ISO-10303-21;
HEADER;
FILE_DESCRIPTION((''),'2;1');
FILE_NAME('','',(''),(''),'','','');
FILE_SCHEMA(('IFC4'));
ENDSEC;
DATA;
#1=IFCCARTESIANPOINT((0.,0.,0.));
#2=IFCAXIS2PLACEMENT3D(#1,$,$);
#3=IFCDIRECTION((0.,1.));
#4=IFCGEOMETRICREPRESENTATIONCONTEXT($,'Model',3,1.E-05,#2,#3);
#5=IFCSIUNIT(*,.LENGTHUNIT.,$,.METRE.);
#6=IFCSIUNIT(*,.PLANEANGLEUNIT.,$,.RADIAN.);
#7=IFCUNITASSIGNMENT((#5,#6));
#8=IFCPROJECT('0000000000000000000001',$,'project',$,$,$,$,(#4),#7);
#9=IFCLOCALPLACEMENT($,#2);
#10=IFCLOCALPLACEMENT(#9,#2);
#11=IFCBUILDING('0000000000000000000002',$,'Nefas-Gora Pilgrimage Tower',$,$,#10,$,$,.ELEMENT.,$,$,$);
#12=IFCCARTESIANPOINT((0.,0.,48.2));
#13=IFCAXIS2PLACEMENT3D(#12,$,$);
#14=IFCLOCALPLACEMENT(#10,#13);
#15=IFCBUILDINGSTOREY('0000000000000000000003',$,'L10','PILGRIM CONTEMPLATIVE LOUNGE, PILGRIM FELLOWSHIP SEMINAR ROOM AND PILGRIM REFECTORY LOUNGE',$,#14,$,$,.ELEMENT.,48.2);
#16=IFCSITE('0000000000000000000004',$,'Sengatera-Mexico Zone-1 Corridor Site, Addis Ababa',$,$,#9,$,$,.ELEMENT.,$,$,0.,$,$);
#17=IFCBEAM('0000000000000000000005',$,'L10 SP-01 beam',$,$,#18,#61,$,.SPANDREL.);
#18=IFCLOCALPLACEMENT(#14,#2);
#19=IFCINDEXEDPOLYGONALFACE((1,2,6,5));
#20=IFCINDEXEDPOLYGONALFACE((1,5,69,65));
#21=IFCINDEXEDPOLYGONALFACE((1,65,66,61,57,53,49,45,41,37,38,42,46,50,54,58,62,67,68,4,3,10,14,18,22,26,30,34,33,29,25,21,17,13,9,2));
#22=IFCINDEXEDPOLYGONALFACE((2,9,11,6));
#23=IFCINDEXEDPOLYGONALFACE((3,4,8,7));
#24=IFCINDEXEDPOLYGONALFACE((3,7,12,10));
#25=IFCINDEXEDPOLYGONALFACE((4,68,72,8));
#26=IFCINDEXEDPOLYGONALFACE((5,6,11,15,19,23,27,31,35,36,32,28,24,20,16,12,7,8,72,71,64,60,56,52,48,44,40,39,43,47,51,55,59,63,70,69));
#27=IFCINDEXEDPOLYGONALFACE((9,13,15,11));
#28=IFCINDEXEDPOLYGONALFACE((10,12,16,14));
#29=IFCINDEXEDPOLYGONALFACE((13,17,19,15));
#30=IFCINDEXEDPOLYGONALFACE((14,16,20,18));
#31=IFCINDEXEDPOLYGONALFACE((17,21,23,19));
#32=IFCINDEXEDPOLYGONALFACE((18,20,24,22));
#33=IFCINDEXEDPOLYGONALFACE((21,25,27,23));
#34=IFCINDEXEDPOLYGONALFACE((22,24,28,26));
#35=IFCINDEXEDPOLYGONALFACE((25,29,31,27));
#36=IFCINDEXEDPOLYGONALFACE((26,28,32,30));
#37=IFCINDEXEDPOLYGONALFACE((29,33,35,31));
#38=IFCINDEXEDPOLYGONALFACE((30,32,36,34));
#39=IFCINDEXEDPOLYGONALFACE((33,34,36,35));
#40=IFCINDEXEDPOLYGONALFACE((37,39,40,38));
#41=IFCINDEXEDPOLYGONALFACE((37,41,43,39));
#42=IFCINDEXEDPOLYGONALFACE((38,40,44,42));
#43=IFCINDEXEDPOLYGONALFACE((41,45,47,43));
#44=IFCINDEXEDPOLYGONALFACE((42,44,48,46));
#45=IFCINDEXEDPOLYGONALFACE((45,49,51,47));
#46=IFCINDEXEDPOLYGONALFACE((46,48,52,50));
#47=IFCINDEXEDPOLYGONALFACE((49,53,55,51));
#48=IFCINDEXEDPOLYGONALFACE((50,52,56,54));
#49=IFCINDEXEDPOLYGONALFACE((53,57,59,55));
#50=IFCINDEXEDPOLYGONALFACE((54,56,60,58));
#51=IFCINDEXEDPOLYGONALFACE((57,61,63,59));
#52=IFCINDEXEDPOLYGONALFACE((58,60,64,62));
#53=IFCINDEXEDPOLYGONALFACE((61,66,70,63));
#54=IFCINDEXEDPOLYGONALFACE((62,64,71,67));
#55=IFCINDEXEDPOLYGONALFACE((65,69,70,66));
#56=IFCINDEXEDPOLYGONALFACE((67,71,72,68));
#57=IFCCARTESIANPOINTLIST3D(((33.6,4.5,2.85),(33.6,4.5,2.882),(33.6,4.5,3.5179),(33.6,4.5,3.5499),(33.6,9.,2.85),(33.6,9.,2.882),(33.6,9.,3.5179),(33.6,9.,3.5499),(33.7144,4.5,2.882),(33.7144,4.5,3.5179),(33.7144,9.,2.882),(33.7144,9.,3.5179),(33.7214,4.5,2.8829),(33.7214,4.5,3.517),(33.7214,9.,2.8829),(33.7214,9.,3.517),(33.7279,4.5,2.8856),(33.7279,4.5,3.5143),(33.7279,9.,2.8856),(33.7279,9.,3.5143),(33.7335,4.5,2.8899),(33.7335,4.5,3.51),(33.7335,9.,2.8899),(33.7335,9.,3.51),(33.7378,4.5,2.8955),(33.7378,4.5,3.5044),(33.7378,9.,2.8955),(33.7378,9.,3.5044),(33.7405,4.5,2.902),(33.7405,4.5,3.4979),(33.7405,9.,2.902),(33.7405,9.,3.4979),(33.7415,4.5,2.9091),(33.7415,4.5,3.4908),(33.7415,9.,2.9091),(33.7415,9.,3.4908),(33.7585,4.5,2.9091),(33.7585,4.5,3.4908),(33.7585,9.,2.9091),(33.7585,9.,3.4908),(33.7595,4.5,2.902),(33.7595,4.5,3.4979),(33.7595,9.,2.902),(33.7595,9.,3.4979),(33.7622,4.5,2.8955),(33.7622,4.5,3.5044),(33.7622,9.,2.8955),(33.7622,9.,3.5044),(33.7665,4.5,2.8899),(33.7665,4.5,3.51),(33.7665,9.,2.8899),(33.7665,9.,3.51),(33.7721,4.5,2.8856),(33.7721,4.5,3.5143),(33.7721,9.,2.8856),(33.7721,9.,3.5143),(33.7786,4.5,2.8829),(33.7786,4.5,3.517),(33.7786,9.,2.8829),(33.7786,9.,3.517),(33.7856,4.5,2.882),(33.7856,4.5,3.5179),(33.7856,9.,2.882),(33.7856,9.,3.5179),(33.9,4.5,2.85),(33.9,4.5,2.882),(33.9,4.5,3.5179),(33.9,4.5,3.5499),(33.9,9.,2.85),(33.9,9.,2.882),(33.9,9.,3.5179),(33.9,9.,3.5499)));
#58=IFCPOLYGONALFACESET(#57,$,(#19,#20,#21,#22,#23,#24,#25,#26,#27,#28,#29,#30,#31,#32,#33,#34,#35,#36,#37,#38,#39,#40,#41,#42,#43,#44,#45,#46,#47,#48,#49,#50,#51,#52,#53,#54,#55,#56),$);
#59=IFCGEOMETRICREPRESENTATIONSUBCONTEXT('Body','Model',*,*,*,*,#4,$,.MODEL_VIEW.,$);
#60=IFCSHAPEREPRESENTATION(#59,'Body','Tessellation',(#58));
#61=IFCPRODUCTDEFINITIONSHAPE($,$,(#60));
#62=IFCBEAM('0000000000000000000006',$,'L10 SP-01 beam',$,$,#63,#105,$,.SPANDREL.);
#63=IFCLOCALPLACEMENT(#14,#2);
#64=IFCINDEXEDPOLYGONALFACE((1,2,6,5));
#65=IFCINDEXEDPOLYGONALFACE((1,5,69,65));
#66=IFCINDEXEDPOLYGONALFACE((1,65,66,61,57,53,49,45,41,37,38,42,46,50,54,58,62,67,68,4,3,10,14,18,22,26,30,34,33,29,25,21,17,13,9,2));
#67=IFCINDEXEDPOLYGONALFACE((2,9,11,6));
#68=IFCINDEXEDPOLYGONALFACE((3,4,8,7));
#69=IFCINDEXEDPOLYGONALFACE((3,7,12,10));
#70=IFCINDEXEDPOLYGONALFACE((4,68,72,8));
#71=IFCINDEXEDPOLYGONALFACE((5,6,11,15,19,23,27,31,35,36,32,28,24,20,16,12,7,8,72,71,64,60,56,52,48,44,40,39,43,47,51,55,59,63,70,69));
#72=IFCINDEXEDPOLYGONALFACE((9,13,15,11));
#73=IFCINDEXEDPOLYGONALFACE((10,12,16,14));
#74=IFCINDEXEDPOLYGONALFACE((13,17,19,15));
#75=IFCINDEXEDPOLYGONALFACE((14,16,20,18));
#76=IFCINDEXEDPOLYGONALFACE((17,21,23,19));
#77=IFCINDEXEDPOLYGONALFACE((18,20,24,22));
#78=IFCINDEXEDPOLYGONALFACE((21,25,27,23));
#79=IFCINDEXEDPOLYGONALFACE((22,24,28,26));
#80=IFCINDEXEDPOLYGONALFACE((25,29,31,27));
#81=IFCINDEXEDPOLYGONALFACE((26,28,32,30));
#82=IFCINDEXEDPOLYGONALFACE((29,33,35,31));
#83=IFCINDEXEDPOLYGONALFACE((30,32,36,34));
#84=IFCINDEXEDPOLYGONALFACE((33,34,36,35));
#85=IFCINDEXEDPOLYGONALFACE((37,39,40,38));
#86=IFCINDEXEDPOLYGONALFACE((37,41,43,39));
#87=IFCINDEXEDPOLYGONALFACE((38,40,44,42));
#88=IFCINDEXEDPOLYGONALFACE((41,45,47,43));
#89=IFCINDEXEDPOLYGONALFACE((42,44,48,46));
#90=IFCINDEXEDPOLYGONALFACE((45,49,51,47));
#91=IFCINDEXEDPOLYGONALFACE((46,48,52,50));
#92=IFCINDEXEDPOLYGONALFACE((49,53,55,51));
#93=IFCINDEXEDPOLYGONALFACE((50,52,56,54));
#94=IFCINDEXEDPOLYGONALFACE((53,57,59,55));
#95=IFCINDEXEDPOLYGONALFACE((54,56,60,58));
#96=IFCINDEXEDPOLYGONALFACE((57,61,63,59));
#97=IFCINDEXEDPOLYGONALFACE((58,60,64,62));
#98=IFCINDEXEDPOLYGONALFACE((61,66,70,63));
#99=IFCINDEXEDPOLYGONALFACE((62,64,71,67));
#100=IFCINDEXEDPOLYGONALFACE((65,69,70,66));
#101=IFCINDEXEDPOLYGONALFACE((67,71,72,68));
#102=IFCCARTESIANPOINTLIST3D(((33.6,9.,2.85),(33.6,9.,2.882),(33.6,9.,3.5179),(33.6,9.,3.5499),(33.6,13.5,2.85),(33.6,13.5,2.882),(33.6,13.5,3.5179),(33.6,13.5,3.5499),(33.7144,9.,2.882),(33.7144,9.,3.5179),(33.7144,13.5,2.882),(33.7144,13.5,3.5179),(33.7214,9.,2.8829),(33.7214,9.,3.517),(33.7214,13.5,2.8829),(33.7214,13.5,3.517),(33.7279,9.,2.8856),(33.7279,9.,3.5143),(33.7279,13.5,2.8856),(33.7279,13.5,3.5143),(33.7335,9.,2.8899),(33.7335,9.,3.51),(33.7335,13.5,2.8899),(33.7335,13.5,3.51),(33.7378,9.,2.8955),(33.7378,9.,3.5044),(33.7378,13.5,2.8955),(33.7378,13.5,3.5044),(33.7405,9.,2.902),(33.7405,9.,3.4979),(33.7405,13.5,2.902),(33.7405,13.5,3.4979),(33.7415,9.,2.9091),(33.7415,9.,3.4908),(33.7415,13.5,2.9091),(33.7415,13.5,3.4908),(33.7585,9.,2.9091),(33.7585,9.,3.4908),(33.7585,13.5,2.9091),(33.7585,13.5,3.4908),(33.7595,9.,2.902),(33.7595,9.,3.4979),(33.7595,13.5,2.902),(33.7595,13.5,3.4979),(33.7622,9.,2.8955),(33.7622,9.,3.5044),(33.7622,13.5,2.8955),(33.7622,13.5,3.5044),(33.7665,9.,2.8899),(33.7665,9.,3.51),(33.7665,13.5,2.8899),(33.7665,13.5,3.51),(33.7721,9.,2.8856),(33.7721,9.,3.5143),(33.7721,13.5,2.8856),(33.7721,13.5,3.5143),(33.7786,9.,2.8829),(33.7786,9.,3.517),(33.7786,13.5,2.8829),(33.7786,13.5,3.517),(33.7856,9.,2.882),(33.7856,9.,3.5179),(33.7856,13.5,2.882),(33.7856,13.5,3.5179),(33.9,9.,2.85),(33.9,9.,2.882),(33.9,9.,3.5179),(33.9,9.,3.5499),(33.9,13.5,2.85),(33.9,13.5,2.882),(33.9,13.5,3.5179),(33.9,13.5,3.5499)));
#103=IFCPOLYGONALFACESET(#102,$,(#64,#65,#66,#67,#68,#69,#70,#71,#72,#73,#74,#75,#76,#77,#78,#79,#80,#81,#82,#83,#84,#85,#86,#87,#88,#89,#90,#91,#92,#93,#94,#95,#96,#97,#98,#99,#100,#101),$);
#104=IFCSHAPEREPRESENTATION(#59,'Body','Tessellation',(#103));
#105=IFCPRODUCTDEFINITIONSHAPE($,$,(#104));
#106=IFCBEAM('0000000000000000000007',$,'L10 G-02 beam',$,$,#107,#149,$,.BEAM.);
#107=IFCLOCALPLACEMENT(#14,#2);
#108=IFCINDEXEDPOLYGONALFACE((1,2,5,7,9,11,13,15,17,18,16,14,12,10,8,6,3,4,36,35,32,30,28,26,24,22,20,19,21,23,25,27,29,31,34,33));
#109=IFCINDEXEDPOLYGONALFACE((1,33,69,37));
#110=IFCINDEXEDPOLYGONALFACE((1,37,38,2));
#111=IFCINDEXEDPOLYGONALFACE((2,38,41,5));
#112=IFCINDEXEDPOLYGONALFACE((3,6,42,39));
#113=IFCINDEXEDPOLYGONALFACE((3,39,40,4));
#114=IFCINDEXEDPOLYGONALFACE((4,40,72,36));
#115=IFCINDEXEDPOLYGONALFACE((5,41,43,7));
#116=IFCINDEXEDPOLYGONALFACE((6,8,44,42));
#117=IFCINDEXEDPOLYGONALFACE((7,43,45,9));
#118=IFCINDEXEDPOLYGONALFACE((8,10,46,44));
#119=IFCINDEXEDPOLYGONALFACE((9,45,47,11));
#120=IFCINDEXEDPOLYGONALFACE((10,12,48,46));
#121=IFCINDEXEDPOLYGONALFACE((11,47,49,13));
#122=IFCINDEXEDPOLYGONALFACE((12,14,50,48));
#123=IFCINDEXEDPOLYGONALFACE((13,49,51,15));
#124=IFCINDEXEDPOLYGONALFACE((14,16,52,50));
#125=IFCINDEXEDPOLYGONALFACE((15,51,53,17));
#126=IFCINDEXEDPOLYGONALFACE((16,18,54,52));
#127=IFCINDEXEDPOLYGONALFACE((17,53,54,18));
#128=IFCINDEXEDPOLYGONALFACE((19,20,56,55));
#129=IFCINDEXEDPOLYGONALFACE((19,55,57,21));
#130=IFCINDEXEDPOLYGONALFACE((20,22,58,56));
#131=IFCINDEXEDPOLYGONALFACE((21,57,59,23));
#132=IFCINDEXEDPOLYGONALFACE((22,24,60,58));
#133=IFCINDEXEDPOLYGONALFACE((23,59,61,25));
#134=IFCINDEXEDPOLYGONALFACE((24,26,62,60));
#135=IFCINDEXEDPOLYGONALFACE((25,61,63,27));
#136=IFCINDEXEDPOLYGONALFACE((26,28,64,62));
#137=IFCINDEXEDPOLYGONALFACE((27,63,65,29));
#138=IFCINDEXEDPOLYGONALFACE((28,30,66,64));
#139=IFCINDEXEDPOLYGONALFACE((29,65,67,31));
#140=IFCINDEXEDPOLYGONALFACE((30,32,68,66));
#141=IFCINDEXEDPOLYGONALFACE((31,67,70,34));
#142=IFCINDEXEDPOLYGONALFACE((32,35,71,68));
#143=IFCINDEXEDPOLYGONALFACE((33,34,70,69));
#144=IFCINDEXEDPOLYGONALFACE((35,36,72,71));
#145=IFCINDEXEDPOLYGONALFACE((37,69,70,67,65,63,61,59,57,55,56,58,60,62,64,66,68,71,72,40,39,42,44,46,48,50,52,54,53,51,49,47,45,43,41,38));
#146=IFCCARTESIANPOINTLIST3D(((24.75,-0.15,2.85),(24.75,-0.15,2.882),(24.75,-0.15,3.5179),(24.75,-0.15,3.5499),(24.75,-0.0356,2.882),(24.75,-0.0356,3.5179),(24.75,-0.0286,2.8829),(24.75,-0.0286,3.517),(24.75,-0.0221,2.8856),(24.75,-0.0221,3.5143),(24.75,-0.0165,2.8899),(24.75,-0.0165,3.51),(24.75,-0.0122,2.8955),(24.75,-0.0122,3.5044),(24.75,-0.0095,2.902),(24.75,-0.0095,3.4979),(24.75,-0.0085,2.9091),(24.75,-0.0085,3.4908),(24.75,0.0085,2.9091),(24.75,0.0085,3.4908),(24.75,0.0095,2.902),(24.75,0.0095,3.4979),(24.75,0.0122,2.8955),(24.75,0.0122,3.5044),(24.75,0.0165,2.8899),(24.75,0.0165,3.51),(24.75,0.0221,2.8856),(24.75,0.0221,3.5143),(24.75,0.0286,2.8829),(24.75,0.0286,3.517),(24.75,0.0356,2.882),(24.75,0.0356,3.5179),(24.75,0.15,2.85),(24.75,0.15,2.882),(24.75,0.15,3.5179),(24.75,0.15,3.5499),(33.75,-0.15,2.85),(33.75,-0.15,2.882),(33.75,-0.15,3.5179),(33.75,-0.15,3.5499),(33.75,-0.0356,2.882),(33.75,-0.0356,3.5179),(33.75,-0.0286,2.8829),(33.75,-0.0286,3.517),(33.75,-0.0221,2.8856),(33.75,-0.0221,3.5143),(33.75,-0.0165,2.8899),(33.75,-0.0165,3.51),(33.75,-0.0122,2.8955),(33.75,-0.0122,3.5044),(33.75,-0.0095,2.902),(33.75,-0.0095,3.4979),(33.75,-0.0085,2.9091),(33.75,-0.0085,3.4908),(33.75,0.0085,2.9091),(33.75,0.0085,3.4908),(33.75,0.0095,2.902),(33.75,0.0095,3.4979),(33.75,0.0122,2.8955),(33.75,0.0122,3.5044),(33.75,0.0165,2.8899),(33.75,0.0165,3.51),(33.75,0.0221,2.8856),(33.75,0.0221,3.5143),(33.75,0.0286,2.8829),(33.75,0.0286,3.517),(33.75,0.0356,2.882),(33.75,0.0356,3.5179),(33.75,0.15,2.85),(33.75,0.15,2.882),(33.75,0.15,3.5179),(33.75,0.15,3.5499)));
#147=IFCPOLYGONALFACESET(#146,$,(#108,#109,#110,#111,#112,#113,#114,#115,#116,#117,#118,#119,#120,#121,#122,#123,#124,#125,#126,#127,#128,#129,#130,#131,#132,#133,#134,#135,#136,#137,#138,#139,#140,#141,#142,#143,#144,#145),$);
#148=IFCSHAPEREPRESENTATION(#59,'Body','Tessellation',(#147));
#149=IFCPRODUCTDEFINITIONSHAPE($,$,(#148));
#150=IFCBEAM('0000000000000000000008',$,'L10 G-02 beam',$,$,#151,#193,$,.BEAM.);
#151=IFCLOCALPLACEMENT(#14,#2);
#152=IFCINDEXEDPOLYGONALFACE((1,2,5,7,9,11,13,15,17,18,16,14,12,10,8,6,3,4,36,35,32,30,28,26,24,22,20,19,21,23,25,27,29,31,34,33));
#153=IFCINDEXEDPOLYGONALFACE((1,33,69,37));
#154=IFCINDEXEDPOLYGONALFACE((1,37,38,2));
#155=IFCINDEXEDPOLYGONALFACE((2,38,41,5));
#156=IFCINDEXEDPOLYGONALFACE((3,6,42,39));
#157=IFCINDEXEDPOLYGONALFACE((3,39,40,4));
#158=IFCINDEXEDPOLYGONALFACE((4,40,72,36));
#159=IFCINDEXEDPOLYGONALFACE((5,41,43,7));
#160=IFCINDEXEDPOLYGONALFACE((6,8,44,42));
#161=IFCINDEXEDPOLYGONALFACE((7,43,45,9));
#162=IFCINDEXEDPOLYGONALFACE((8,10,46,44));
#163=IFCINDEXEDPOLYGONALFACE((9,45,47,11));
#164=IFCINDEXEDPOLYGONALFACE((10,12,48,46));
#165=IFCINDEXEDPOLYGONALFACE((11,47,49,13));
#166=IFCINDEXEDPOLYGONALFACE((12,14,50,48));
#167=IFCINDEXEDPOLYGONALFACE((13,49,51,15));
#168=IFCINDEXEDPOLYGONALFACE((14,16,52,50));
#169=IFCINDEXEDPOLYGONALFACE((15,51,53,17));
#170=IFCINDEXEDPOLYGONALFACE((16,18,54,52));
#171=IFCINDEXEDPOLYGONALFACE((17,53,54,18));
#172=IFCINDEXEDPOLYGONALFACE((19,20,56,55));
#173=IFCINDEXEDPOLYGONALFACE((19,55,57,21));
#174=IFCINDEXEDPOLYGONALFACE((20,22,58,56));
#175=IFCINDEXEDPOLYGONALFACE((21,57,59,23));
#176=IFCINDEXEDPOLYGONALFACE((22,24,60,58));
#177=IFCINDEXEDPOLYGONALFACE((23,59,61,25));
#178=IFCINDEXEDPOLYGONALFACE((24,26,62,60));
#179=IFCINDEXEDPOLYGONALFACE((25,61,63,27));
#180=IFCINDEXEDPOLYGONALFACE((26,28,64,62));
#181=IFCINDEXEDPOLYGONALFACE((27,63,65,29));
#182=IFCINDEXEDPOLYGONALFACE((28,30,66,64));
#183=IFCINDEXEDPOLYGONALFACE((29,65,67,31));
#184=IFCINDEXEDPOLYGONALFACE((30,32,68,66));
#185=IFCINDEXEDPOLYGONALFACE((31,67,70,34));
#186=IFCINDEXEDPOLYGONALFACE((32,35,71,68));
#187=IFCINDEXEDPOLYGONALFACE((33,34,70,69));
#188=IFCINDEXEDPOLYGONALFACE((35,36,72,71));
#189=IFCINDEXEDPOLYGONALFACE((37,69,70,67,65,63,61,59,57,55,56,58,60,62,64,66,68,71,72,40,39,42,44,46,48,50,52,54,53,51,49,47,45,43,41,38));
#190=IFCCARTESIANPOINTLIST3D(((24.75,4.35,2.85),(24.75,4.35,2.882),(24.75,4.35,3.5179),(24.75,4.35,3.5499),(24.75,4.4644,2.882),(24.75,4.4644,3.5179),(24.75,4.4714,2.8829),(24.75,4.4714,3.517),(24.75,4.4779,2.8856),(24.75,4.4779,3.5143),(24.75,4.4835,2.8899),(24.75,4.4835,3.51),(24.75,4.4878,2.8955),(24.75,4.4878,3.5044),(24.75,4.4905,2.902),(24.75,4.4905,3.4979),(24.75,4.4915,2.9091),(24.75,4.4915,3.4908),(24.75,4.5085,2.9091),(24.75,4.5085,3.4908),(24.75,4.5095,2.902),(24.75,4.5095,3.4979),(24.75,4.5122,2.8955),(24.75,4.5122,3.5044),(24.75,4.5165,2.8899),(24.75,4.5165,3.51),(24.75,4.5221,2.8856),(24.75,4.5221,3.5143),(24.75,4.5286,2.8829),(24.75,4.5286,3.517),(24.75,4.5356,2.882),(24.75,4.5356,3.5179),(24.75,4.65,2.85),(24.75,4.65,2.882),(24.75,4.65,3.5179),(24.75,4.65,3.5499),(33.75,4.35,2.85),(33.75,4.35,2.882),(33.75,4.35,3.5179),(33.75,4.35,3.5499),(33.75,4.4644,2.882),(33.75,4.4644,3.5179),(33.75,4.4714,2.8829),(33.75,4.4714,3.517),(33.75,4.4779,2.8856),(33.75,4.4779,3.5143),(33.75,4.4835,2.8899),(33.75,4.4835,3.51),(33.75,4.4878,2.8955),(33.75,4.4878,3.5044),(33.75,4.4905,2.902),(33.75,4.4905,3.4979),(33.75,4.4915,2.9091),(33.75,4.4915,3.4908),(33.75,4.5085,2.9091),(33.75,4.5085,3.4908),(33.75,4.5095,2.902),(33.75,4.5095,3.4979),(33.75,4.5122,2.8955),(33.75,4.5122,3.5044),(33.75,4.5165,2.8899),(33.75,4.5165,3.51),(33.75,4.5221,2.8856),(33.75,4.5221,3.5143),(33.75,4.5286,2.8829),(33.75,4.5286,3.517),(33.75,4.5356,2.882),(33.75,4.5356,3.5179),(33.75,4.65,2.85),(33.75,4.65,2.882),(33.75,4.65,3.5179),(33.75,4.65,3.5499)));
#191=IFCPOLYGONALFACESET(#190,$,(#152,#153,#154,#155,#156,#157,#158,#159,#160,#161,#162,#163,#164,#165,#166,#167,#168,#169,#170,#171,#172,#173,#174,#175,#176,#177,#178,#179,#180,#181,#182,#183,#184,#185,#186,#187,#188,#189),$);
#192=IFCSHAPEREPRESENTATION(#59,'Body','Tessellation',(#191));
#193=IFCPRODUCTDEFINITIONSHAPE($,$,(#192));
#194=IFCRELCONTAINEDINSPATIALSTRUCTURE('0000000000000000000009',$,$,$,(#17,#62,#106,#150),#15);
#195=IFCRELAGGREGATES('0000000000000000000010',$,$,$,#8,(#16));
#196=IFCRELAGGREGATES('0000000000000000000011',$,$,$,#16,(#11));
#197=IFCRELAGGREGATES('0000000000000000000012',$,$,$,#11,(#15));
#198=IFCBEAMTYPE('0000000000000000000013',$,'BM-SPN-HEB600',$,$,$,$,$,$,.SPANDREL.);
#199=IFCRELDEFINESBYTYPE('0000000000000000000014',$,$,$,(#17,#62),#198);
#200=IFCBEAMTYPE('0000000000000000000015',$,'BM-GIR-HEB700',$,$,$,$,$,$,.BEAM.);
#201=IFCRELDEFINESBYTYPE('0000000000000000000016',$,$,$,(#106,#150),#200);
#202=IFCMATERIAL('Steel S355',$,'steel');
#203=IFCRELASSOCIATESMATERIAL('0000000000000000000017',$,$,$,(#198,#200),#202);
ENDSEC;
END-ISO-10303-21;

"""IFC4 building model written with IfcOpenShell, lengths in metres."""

from ifc_helpers import new_model, si_unit, direction, frame, origin, origin_2d, place, context, subcontext, project, spatial, i_section, extrude, source, transform, mapped, material, material_profile, profile_set, type_object, element, save


model = new_model("IFC4")

# Units and contexts
model_context = context("Model", 3, precision=1e-05, world=origin(), true_north=direction((0.0, 1.0)))
body_context = subcontext(model_context, "Body", "Model", "MODEL_VIEW")
ifc_project = project(units=[si_unit("LENGTHUNIT", "METRE"), si_unit("PLANEANGLEUNIT", "RADIAN")], contexts=[model_context])

# Site, building, storey
site_placement = place(None, origin())
site = spatial("IfcSite", under=ifc_project, at=site_placement, Name="Sengatera-Mexico Zone-1 Corridor Site, Addis Ababa", CompositionType="ELEMENT", RefElevation=0.0)
building_placement = place(site_placement, origin())
building = spatial("IfcBuilding", under=site, at=building_placement, Name="Nefas-Gora Pilgrimage Tower", CompositionType="ELEMENT")
storey_placement = place(building_placement, frame((0.0, 0.0, 48.2)))
storey = spatial("IfcBuildingStorey", under=building, at=storey_placement, Name="L10", Description="PILGRIM CONTEMPLATIVE LOUNGE, PILGRIM FELLOWSHIP SEMINAR ROOM AND PILGRIM REFECTORY LOUNGE", CompositionType="ELEMENT", Elevation=48.2)

# Beams
ifc_material_1 = material(Name="Steel S355", Category="steel")
ifc_material_profile_1 = material_profile(ifc_material_1, i_section(OverallWidth=0.3, OverallDepth=0.7, WebThickness=0.0171, FlangeThickness=0.032, FilletRadius=0.0271, at=origin_2d()), Name="HEB 700")
ifc_profile_set_1 = profile_set([ifc_material_profile_1], Name="Steel S355")
beam_type_1 = type_object("IfcBeamType", Name="BM-SPN-HEB600", PredefinedType="SPANDREL", material=ifc_profile_set_1)
shared_shape_1 = source(origin(), body_context, "Body", "SweptSolid", [
    extrude(i_section(OverallWidth=0.3, OverallDepth=0.7, WebThickness=0.0171, FlangeThickness=0.032, FilletRadius=0.0271, at=origin_2d()), origin(), (0.0, 0.0, 1.0), 4.5),
])
for number, where, z_axis, x_axis, name in (
    (1, (33.75, 4.5, 3.2), (0.0, 1.0, 0.0), (-1.0, 0.0, 0.0), "L10 SP-01 beam"),
    (2, (33.75, 9.0, 3.2), (0.0, 1.0, 0.0), (-1.0, 0.0, 0.0), "L10 SP-01 beam"),
):
    element("IfcBeam", number, at=place(storey_placement, frame(where, z_axis=z_axis, x_axis=x_axis)), inside=storey, type_object=beam_type_1, Name=name, PredefinedType="SPANDREL", context=body_context, shape_type="MappedRepresentation", body=[
        mapped(shared_shape_1, transform((0.0, 0.0, 0.0), x_axis=(1.0, 0.0, 0.0), y_axis=(0.0, 1.0, 0.0), z_axis=(0.0, 0.0, 1.0), scale=1.0)),
    ])
ifc_material_profile_2 = material_profile(ifc_material_1, i_section(OverallWidth=0.3, OverallDepth=0.7, WebThickness=0.0171, FlangeThickness=0.032, FilletRadius=0.0271, at=origin_2d()), Name="HEB 700")
ifc_profile_set_2 = profile_set([ifc_material_profile_2], Name="Steel S355")
beam_type_2 = type_object("IfcBeamType", Name="BM-GIR-HEB700", PredefinedType="BEAM", material=ifc_profile_set_2)
shared_shape_2 = source(origin(), body_context, "Body", "SweptSolid", [
    extrude(i_section(OverallWidth=0.3, OverallDepth=0.7, WebThickness=0.0171, FlangeThickness=0.032, FilletRadius=0.0271, at=origin_2d()), origin(), (0.0, 0.0, 1.0), 9.0),
])
for number, where, z_axis, x_axis, name in (
    (3, (24.75, 0.0, 3.2), (1.0, 0.0, 0.0), (0.0, 1.0, 0.0), "L10 G-02 beam"),
    (4, (24.75, 4.5, 3.2), (1.0, 0.0, 0.0), (0.0, 1.0, 0.0), "L10 G-02 beam"),
):
    element("IfcBeam", number, at=place(storey_placement, frame(where, z_axis=z_axis, x_axis=x_axis)), inside=storey, type_object=beam_type_2, Name=name, PredefinedType="BEAM", context=body_context, shape_type="MappedRepresentation", body=[
        mapped(shared_shape_2, transform((0.0, 0.0, 0.0), x_axis=(1.0, 0.0, 0.0), y_axis=(0.0, 1.0, 0.0), z_axis=(0.0, 0.0, 1.0), scale=1.0)),
    ])

save(model, "model.ifc")
